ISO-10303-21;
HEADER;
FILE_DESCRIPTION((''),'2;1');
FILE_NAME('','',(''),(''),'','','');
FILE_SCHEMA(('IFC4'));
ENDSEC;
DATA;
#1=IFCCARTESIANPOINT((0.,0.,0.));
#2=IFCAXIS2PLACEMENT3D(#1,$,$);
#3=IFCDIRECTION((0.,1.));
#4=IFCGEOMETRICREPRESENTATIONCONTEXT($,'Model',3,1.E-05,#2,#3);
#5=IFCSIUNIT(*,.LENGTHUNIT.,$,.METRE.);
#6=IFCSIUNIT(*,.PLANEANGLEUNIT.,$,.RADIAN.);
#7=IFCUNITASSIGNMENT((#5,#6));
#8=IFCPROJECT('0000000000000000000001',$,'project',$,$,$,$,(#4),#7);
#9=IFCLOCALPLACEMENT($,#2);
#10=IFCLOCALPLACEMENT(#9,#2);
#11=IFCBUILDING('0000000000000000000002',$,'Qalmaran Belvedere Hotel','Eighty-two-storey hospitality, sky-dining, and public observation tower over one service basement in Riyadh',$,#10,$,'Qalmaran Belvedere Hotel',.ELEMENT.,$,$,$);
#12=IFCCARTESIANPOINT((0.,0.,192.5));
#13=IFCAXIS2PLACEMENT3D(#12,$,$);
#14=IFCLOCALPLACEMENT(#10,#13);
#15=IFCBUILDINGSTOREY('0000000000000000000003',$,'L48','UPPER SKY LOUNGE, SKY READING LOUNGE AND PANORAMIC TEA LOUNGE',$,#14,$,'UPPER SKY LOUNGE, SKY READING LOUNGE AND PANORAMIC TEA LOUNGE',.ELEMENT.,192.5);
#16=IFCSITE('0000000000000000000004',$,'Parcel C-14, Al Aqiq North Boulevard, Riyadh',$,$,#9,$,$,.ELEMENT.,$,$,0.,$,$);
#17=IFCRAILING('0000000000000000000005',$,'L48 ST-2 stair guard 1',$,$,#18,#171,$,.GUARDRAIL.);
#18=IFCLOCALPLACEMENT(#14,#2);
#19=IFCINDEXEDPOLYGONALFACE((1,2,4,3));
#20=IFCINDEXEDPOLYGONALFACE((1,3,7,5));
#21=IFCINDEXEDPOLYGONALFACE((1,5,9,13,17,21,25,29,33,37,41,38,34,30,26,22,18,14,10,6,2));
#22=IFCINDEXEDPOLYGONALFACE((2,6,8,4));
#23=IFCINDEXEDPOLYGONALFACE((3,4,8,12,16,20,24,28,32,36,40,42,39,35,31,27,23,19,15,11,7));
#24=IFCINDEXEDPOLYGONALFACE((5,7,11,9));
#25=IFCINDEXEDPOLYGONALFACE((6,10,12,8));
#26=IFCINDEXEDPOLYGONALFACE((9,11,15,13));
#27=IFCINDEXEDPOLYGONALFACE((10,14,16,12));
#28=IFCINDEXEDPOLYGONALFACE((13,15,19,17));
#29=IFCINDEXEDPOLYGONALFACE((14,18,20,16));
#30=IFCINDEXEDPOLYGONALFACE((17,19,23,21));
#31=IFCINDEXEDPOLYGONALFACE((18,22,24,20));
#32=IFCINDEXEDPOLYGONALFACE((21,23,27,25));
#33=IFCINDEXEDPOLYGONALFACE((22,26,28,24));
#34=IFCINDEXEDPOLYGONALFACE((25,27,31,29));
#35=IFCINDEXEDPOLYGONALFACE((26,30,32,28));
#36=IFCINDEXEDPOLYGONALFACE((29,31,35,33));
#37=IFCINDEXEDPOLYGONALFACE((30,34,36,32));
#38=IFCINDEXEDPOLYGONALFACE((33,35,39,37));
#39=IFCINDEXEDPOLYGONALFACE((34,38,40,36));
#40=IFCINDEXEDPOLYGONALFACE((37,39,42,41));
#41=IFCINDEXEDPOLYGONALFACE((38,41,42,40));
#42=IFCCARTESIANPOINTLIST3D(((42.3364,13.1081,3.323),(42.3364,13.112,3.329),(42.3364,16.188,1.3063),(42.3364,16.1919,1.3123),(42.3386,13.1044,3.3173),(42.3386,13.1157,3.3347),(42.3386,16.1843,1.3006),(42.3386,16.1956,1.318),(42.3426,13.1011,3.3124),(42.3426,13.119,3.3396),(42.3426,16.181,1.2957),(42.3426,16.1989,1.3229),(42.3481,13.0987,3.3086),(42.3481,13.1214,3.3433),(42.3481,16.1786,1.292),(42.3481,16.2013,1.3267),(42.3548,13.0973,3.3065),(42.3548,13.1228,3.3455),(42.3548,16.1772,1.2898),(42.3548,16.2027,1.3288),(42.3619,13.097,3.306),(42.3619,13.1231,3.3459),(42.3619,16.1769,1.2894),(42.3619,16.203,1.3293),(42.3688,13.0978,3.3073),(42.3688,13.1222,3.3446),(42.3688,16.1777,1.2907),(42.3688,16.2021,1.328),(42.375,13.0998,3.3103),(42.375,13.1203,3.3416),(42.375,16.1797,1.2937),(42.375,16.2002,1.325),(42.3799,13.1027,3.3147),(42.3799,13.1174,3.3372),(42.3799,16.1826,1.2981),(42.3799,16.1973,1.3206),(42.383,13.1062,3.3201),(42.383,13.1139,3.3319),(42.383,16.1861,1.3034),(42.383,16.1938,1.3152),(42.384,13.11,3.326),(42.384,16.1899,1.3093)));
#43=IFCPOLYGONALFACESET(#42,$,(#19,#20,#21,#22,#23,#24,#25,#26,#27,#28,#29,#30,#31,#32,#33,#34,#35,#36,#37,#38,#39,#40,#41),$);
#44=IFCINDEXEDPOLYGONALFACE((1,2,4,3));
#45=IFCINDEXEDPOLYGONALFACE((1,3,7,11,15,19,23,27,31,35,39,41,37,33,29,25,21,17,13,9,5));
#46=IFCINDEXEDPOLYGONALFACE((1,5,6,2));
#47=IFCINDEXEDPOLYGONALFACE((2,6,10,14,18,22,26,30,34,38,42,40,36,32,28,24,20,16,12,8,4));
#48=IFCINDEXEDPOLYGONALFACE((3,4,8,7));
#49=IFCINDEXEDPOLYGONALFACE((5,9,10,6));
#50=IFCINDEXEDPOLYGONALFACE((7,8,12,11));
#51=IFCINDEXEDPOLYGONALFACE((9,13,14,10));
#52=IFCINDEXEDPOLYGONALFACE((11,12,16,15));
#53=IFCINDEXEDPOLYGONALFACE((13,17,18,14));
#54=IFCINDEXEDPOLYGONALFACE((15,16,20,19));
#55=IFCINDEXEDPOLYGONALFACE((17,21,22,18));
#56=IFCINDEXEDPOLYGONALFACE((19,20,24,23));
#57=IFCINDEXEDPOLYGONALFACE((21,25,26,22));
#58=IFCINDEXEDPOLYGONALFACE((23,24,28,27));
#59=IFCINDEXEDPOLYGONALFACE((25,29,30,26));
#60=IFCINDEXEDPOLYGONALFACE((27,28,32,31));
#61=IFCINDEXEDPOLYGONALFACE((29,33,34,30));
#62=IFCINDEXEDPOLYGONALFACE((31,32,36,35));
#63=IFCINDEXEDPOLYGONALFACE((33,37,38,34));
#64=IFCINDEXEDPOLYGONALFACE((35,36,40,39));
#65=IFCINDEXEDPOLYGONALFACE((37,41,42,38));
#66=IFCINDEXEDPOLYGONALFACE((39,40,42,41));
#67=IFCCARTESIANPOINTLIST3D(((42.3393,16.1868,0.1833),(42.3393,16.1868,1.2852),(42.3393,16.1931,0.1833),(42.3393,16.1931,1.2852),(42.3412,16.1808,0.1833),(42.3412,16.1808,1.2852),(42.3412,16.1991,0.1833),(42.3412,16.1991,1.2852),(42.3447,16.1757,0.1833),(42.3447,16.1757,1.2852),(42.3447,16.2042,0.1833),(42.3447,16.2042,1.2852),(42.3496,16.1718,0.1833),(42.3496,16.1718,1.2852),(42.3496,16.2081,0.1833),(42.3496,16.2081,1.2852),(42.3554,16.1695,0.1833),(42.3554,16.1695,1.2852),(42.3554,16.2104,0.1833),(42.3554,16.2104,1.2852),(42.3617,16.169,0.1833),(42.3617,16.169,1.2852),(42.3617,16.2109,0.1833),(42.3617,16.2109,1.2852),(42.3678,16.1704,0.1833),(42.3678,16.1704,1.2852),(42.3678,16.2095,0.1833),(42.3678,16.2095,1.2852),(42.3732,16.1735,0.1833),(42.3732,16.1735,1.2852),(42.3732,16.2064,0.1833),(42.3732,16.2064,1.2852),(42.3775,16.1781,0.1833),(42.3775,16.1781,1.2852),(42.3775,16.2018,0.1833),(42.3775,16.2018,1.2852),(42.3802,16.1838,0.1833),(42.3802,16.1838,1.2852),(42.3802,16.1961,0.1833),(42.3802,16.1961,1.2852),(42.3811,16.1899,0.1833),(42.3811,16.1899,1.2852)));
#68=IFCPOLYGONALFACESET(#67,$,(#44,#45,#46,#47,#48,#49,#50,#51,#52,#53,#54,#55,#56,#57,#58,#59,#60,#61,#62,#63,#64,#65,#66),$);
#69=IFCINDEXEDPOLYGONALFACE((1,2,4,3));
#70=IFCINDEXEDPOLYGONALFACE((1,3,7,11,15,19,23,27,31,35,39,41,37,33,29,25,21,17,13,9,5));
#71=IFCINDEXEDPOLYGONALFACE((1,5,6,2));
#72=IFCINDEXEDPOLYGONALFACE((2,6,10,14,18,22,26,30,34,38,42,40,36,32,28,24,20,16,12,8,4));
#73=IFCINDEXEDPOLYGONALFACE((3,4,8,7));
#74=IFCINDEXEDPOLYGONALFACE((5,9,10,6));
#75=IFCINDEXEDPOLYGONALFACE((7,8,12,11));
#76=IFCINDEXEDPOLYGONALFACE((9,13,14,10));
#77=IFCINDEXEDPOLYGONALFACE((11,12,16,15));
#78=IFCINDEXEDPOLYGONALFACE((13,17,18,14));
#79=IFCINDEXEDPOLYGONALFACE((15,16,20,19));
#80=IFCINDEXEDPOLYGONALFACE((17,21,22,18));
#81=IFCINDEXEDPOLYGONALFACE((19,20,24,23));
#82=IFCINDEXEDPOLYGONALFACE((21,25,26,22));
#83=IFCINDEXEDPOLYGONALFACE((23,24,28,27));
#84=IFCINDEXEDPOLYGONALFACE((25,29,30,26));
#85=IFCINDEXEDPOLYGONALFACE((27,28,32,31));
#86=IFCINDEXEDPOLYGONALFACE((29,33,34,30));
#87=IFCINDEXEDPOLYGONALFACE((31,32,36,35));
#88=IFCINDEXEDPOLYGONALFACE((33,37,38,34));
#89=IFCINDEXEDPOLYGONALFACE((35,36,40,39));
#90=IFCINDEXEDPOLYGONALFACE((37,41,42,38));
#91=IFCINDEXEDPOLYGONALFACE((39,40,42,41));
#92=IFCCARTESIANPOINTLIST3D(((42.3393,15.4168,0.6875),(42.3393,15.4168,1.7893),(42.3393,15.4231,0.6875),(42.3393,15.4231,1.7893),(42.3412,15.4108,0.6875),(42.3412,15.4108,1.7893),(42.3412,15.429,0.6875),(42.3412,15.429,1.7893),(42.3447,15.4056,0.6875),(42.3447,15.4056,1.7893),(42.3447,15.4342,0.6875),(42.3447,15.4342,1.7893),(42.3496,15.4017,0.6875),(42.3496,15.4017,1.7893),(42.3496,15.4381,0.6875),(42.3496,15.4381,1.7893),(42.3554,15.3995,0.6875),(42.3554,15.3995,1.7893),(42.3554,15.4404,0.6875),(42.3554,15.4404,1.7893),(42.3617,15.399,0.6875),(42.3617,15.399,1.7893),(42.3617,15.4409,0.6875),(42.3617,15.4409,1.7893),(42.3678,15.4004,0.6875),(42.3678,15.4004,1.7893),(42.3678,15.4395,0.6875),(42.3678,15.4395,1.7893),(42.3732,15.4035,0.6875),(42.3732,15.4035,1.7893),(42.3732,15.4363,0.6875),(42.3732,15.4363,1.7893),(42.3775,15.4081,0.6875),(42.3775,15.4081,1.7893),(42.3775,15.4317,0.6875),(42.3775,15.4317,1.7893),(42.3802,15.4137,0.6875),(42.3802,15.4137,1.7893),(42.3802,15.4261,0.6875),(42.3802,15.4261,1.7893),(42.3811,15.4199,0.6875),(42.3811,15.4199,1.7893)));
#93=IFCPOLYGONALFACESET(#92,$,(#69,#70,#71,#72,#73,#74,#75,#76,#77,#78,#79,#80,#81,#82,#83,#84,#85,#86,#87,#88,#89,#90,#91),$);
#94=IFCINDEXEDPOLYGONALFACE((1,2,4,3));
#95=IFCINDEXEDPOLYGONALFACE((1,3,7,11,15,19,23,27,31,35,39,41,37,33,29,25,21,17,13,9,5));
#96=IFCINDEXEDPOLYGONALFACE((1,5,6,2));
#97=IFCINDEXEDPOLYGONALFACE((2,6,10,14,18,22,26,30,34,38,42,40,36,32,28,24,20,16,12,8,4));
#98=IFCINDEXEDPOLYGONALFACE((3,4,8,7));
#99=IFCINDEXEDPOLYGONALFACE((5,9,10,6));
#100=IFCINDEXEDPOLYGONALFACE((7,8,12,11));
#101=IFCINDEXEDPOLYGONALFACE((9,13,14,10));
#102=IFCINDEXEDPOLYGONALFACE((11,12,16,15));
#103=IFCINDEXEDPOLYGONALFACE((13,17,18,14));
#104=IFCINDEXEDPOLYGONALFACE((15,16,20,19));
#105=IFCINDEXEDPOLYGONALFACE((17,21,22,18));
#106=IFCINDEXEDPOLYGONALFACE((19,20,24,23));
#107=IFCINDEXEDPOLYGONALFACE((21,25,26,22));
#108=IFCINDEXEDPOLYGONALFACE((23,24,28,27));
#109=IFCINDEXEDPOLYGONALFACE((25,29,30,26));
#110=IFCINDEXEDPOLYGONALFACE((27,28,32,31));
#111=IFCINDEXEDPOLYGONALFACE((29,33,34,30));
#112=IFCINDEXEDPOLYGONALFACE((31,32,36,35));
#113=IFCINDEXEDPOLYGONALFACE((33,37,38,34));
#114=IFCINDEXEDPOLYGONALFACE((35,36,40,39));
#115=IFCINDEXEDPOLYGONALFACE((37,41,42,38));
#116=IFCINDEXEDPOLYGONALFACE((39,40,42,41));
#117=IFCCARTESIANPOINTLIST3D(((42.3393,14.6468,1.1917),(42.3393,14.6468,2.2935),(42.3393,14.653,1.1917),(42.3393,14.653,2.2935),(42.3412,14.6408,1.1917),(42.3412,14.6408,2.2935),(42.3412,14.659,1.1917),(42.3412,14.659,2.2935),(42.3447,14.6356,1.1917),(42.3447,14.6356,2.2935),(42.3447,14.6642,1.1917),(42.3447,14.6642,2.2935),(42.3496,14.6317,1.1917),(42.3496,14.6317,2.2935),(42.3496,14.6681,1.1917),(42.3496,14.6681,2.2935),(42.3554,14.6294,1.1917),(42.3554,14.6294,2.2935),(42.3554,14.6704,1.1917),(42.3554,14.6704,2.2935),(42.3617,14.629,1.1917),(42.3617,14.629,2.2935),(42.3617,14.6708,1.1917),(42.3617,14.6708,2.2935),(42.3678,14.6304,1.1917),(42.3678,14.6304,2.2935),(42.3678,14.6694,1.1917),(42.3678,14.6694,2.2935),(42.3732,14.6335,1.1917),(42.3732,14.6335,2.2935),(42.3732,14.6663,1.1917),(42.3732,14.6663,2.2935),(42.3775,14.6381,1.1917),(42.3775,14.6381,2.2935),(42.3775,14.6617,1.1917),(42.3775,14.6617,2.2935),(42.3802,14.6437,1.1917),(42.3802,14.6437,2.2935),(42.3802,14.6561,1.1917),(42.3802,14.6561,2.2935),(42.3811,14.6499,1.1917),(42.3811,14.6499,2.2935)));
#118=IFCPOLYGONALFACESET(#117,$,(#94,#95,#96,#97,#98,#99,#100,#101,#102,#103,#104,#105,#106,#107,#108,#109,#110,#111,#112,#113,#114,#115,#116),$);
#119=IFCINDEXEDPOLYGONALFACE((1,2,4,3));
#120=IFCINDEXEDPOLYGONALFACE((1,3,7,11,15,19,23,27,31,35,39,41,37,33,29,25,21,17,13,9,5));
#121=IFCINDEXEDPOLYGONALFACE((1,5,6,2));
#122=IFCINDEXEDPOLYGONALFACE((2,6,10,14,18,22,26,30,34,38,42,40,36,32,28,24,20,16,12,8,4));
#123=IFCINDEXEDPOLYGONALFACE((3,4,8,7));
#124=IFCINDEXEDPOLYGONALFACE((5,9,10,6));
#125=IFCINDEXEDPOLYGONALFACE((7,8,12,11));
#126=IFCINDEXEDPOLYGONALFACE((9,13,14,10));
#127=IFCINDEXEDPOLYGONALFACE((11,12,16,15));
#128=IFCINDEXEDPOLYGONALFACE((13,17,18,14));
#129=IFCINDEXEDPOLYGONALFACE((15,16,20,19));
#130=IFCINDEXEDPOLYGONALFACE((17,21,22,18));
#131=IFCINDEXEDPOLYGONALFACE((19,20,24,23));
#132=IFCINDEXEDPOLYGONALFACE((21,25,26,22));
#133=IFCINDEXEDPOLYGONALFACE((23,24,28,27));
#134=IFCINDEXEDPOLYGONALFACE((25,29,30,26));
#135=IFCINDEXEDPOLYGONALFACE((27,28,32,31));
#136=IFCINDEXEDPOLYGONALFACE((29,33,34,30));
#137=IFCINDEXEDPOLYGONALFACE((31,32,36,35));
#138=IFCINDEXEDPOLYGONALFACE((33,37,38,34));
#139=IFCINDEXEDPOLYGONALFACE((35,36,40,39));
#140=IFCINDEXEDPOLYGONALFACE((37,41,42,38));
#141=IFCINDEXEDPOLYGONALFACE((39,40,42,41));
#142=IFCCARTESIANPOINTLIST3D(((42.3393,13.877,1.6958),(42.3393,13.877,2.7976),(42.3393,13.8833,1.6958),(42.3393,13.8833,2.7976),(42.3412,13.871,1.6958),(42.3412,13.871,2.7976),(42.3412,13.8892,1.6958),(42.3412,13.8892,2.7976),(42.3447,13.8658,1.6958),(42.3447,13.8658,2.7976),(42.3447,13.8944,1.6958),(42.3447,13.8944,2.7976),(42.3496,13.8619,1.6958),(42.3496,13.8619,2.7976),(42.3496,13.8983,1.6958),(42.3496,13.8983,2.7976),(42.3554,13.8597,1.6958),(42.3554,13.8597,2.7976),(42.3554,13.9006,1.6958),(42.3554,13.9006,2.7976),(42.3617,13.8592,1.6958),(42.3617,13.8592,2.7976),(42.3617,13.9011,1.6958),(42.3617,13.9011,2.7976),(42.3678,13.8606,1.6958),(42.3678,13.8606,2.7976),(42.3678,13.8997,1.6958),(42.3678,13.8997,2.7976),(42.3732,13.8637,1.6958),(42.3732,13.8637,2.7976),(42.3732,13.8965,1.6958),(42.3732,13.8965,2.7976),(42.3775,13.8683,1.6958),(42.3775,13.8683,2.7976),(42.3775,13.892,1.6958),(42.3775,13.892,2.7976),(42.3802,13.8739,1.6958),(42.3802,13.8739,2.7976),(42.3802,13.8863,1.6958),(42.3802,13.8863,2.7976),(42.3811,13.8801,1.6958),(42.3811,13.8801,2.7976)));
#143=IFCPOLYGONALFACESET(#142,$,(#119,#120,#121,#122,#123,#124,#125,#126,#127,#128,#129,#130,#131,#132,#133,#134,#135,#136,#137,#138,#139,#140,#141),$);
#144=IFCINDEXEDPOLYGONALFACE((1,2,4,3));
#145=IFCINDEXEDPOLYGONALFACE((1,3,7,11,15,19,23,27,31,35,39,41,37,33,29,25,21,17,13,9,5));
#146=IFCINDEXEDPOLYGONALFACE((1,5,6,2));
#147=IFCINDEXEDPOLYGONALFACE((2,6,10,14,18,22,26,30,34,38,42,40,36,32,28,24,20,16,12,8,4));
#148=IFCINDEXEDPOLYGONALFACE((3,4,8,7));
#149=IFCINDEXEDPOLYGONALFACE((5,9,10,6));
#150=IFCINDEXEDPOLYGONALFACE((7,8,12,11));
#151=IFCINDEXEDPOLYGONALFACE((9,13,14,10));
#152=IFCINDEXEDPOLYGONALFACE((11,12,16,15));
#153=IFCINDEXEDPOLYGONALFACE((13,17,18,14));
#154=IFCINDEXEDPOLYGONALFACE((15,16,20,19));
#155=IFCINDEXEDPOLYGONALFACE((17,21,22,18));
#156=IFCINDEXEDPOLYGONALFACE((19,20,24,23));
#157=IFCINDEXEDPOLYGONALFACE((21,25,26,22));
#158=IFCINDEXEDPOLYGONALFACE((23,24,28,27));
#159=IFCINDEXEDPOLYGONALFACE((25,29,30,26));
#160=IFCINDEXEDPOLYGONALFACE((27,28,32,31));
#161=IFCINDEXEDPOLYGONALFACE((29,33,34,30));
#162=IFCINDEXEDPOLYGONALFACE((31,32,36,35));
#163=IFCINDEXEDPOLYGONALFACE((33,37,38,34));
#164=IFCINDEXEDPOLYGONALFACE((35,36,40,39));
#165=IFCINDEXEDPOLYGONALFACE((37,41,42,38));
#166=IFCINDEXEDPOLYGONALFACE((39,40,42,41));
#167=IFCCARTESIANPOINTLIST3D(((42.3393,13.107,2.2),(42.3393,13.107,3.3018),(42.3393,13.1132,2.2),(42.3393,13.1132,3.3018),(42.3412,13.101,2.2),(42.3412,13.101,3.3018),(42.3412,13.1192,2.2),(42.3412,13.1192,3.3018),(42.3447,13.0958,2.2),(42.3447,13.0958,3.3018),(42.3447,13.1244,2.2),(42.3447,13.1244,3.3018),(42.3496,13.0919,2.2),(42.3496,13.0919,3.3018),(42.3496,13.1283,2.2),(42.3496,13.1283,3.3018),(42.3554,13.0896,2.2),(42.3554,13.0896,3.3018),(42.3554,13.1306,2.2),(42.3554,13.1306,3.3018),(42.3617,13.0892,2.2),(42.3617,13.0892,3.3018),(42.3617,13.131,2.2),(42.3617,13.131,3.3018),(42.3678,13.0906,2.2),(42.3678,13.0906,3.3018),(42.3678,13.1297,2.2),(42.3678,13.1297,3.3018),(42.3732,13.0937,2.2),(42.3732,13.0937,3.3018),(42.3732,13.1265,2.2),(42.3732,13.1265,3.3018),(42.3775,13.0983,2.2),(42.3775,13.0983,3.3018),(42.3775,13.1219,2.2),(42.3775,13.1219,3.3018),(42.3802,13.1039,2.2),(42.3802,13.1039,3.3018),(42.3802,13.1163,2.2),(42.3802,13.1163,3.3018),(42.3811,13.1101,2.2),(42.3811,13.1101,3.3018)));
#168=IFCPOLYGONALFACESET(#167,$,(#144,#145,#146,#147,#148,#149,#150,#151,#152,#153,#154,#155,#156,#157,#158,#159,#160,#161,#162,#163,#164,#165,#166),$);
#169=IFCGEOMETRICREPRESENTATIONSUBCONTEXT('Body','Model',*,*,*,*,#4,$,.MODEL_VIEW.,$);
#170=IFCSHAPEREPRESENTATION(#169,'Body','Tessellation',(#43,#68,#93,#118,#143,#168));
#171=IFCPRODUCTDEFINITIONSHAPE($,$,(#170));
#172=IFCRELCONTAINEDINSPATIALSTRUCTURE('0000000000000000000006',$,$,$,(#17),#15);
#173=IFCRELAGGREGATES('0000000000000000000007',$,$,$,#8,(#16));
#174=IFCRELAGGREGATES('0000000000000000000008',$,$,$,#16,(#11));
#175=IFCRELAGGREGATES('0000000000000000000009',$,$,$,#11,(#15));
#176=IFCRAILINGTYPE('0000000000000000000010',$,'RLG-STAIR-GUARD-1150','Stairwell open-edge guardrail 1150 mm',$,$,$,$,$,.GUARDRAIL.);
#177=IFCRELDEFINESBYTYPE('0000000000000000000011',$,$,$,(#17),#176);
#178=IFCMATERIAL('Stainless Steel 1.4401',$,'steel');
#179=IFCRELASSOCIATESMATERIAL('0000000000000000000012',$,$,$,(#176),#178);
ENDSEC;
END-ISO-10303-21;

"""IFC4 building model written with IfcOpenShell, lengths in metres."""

from ifc_helpers import new_model, si_unit, direction, frame, origin, origin_2d, place, context, subcontext, project, spatial, circle, extrude, material, type_object, element, save


model = new_model("IFC4")

# Units and contexts
model_context = context("Model", 3, precision=1e-05, world=origin(), true_north=direction((0.0, 1.0)))
body_context = subcontext(model_context, "Body", "Model", "MODEL_VIEW")
ifc_project = project(units=[si_unit("LENGTHUNIT", "METRE"), si_unit("PLANEANGLEUNIT", "RADIAN")], contexts=[model_context])

# Site, building, storey
site_placement = place(None, origin())
site = spatial("IfcSite", under=ifc_project, at=site_placement, Name="Parcel C-14, Al Aqiq North Boulevard, Riyadh", CompositionType="ELEMENT", RefElevation=0.0)
building_placement = place(site_placement, origin())
building = spatial("IfcBuilding", under=site, at=building_placement, Name="Qalmaran Belvedere Hotel", Description="Eighty-two-storey hospitality, sky-dining, and public observation tower over one service basement in Riyadh", LongName="Qalmaran Belvedere Hotel", CompositionType="ELEMENT")
storey_placement = place(building_placement, frame((0.0, 0.0, 192.5)))
storey = spatial("IfcBuildingStorey", under=building, at=storey_placement, Name="L48", Description="UPPER SKY LOUNGE, SKY READING LOUNGE AND PANORAMIC TEA LOUNGE", LongName="UPPER SKY LOUNGE, SKY READING LOUNGE AND PANORAMIC TEA LOUNGE", CompositionType="ELEMENT", Elevation=192.5)

# Railing
ifc_material_1 = material(Name="Stainless Steel 1.4401", Category="steel")
railing_type_1 = type_object("IfcRailingType", Name="RLG-STAIR-GUARD-1150", Description="Stairwell open-edge guardrail 1150 mm", PredefinedType="GUARDRAIL", material=ifc_material_1)
railing_1_placement = place(storey_placement, frame((42.3601, 16.1899, 0.1833)))
element("IfcRailing", 1, at=railing_1_placement, inside=storey, type_object=railing_type_1, Name="L48 ST-2 stair guard 1", PredefinedType="GUARDRAIL", context=body_context, shape_type="SweptSolid", body=[
    extrude(circle(Radius=0.0239, at=origin_2d()), frame((0.0, 0.0, 1.126), z_axis=(0.0, -0.836613, 0.547794), x_axis=(1.0, 0.0, 0.0)), (0.0, 0.0, 1.0), 3.6814),
    extrude(circle(Radius=0.021, at=origin_2d()), origin(), (0.0, 0.0, 1.0), 1.1018),
    extrude(circle(Radius=0.021, at=origin_2d()), frame((0.0, -0.77, 0.5042)), (0.0, 0.0, 1.0), 1.1018),
    extrude(circle(Radius=0.021, at=origin_2d()), frame((0.0, -1.54, 1.0083)), (0.0, 0.0, 1.0), 1.1018),
    extrude(circle(Radius=0.021, at=origin_2d()), frame((0.0, -2.3098, 1.5125)), (0.0, 0.0, 1.0), 1.1018),
    extrude(circle(Radius=0.021, at=origin_2d()), frame((0.0, -3.0798, 2.0166)), (0.0, 0.0, 1.0), 1.1018),
])

save(model, "model.ifc")
